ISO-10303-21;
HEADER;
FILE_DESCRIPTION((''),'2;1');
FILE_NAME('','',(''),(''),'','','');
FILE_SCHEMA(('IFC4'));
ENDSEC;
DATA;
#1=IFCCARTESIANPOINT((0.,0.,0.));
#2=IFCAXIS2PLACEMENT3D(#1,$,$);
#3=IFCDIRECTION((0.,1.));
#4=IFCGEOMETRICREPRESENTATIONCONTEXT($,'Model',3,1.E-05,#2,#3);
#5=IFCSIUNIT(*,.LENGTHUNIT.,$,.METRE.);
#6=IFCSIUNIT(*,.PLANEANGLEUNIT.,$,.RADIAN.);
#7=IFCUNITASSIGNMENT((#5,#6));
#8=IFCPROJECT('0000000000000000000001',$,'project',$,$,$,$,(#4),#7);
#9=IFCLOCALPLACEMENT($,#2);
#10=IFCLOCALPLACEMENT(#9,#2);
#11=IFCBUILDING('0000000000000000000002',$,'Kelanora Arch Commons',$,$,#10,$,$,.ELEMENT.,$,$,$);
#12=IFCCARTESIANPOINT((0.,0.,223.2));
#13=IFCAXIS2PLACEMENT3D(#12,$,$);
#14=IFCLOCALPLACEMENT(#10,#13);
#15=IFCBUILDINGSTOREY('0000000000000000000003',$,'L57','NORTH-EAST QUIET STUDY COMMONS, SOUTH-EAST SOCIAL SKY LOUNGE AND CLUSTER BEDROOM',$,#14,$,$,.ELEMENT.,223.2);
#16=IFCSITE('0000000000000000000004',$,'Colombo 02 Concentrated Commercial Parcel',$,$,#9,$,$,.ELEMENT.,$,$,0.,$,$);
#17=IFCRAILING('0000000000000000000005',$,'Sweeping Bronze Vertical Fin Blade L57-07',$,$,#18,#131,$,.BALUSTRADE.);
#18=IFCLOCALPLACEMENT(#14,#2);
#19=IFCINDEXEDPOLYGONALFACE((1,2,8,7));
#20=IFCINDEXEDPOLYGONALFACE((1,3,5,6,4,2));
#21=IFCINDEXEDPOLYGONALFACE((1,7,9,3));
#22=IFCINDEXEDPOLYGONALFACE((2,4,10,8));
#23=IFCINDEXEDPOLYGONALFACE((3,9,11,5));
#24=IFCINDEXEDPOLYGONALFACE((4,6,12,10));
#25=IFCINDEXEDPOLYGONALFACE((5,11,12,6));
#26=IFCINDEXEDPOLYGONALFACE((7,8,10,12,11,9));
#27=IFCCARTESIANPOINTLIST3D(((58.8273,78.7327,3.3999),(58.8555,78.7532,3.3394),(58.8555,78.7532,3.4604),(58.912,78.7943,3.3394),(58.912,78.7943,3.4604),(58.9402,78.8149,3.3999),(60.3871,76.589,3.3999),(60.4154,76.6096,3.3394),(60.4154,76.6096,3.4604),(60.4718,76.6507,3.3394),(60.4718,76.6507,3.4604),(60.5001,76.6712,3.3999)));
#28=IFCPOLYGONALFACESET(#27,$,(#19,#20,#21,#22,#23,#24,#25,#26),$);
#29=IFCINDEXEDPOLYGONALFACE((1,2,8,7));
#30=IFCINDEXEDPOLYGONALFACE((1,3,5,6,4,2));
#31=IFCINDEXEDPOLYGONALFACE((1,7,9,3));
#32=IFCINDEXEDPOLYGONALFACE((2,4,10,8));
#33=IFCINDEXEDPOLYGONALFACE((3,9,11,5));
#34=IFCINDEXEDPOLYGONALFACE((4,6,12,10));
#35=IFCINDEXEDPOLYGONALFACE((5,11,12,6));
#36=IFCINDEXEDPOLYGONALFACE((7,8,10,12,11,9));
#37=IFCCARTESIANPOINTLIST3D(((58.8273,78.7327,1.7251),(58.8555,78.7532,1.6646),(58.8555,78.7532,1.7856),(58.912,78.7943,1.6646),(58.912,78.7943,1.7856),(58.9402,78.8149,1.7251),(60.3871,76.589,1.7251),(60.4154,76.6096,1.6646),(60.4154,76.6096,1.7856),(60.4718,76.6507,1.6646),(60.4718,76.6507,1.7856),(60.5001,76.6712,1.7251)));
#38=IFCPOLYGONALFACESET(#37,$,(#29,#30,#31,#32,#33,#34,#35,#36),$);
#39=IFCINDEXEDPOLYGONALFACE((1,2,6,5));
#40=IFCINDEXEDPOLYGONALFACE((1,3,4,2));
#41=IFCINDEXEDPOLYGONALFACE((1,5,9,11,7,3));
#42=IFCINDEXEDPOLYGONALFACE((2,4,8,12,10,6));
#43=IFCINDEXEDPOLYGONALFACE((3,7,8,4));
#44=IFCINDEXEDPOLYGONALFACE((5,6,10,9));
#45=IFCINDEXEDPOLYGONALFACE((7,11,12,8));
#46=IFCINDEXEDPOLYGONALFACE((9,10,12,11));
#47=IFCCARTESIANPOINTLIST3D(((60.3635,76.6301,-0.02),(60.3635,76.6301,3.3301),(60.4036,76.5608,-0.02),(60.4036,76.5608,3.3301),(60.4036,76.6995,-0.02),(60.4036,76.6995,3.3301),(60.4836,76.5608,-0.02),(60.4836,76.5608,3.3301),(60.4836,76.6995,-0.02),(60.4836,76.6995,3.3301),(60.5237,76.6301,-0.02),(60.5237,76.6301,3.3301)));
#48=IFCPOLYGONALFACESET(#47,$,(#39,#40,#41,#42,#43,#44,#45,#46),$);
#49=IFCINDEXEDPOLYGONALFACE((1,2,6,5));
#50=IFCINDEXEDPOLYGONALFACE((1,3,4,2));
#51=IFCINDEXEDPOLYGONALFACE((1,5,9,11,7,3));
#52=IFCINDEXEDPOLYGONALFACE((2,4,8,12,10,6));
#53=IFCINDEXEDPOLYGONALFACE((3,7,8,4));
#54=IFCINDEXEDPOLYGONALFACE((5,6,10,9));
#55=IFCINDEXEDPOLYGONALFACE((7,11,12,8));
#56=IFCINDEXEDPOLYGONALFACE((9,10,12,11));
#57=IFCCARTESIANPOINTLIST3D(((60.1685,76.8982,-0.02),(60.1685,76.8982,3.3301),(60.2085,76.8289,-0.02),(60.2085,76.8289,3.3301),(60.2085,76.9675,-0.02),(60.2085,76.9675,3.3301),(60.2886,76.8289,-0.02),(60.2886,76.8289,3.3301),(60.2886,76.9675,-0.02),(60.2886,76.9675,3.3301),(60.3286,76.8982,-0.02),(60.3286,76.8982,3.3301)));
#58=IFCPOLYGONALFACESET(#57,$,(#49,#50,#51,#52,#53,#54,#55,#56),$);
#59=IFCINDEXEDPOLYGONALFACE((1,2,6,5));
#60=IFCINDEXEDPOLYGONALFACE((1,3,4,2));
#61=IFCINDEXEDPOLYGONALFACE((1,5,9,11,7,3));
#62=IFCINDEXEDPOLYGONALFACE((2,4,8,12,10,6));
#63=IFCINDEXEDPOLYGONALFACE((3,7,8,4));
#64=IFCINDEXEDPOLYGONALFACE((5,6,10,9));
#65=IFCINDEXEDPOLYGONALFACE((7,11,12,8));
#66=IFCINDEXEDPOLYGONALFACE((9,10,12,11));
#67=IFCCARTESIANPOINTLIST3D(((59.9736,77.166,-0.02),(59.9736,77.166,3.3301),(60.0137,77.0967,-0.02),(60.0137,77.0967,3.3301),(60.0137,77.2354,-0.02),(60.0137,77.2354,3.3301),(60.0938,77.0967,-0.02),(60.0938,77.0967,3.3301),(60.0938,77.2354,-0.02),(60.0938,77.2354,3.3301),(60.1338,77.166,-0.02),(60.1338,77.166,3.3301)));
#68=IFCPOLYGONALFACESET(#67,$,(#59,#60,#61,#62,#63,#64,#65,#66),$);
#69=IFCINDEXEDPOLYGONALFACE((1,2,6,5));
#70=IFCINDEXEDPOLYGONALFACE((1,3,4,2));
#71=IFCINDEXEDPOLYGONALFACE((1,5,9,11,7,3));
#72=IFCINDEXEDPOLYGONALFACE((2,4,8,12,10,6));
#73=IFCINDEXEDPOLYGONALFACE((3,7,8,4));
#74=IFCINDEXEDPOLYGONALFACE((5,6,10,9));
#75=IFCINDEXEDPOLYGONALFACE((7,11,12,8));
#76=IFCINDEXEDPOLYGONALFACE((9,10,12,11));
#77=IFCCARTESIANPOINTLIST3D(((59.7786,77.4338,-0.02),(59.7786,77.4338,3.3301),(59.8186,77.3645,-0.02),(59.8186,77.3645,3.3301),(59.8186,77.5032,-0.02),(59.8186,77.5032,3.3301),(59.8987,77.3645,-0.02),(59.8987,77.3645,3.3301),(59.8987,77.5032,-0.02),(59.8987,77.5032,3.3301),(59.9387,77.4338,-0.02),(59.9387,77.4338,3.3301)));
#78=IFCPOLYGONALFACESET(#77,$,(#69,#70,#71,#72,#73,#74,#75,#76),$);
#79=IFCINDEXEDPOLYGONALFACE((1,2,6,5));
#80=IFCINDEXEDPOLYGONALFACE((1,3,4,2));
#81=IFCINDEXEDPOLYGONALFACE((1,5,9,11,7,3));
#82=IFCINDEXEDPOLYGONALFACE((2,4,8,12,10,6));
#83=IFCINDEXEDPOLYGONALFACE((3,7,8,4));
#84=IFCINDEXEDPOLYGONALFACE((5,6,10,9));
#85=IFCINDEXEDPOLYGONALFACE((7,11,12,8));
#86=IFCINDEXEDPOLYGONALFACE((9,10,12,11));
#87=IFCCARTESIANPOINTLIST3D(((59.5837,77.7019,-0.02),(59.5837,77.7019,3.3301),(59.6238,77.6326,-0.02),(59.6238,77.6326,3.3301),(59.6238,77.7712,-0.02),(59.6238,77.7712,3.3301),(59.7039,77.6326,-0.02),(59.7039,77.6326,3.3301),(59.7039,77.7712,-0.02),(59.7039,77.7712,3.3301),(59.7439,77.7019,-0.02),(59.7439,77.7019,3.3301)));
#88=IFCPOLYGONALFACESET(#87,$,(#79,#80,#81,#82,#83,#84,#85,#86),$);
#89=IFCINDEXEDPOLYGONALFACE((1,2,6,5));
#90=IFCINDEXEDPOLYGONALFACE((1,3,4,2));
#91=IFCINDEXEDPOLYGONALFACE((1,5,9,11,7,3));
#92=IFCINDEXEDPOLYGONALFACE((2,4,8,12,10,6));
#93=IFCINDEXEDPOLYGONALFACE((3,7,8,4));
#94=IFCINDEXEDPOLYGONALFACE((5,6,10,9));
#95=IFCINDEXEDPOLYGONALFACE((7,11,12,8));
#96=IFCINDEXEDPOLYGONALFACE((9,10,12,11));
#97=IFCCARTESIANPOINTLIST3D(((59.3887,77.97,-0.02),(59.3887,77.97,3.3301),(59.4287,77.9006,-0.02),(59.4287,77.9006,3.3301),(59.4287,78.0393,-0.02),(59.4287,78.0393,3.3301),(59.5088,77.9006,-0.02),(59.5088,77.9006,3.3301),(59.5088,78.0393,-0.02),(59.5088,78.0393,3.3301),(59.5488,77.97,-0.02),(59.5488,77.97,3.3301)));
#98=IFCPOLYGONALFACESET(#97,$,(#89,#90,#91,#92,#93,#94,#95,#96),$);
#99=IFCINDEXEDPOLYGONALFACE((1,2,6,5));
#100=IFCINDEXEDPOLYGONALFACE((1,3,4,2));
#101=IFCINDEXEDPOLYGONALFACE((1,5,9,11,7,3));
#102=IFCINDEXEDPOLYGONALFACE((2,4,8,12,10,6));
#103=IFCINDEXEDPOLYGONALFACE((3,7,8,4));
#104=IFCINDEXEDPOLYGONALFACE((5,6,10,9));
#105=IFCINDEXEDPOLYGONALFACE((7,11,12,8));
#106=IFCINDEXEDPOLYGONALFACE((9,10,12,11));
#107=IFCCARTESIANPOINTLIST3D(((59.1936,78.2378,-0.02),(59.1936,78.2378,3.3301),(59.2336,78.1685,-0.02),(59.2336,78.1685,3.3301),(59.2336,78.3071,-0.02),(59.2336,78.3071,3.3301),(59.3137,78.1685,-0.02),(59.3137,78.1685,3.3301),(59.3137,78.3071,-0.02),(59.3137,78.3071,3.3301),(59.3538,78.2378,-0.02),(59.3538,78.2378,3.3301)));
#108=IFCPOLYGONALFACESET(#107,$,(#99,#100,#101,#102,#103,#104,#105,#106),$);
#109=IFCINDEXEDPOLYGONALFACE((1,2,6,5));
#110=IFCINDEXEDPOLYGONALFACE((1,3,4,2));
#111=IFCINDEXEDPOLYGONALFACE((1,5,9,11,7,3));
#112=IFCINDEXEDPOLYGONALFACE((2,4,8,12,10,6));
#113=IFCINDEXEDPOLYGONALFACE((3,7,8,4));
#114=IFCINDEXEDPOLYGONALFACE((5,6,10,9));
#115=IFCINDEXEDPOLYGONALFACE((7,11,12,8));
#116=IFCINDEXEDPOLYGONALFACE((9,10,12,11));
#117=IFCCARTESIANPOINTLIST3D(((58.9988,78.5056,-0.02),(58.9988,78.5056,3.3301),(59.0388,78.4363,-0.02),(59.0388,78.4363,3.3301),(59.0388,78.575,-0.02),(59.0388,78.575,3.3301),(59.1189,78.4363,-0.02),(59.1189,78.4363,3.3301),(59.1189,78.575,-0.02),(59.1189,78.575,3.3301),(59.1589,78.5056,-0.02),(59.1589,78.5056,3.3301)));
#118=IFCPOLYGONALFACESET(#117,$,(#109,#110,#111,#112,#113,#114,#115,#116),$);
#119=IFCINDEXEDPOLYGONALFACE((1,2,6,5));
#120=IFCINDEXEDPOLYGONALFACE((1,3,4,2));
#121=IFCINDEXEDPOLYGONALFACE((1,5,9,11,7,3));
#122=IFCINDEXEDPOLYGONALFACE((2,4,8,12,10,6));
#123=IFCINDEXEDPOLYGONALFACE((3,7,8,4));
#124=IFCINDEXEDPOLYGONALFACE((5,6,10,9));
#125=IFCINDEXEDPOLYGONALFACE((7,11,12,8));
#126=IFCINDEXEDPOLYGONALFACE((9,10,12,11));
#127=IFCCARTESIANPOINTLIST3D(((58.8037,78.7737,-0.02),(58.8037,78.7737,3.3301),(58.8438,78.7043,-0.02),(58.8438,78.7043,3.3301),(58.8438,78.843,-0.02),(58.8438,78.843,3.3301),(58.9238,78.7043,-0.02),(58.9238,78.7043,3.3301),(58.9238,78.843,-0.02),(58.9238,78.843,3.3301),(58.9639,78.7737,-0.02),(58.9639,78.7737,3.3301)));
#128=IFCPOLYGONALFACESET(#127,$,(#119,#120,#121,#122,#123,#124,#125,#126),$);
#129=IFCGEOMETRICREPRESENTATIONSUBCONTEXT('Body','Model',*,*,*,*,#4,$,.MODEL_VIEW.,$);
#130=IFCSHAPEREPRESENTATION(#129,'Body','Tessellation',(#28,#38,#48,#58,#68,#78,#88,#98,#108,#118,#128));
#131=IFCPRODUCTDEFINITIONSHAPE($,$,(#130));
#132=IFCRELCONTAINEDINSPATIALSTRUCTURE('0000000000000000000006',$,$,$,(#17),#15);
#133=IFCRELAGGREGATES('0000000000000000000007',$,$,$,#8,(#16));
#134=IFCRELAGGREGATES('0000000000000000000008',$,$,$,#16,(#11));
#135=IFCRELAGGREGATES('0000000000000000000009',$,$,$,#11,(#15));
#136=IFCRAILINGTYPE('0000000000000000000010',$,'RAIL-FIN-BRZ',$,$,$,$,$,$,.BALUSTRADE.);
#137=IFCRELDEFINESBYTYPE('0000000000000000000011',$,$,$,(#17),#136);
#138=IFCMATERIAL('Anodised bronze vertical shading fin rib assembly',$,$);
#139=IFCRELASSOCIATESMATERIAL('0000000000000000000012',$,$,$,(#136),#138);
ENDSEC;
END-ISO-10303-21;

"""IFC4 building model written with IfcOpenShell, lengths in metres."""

from ifc_helpers import new_model, si_unit, direction, frame, origin, place, context, subcontext, project, spatial, polyline, outline, extrude, material, type_object, element, save


model = new_model("IFC4")

# Units and contexts
model_context = context("Model", 3, precision=1e-05, world=origin(), true_north=direction((0.0, 1.0)))
body_context = subcontext(model_context, "Body", "Model", "MODEL_VIEW")
ifc_project = project(units=[si_unit("LENGTHUNIT", "METRE"), si_unit("PLANEANGLEUNIT", "RADIAN")], contexts=[model_context])

# Site, building, storey
site_placement = place(None, origin())
site = spatial("IfcSite", under=ifc_project, at=site_placement, Name="Colombo 02 Concentrated Commercial Parcel", CompositionType="ELEMENT", RefElevation=0.0)
building_placement = place(site_placement, origin())
building = spatial("IfcBuilding", under=site, at=building_placement, Name="Kelanora Arch Commons", CompositionType="ELEMENT")
storey_placement = place(building_placement, frame((0.0, 0.0, 223.2)))
storey = spatial("IfcBuildingStorey", under=building, at=storey_placement, Name="L57", Description="NORTH-EAST QUIET STUDY COMMONS, SOUTH-EAST SOCIAL SKY LOUNGE AND CLUSTER BEDROOM", CompositionType="ELEMENT", Elevation=223.2)

# Railing
ifc_material_1 = material(Name="Anodised bronze vertical shading fin rib assembly")
railing_type = type_object("IfcRailingType", Name="RAIL-FIN-BRZ", PredefinedType="BALUSTRADE", material=ifc_material_1)
railing_1_placement = place(storey_placement, frame((60.4436, 76.6301, -0.02)))
element("IfcRailing", 1, at=railing_1_placement, inside=storey, type_object=railing_type, Name="Sweeping Bronze Vertical Fin Blade L57-07", PredefinedType="BALUSTRADE", context=body_context, shape_type="SweptSolid", body=[
    extrude(outline(polyline([(0.0698, 0.0), (0.0349, 0.0605), (-0.0349, 0.0605), (-0.0698, 0.0), (-0.0349, -0.0605), (0.0349, -0.0605), (0.0698, 0.0)])), frame((0.0, 0.0, 3.4199), z_axis=(-0.588385, 0.808581, 0.0), x_axis=(-0.808581, -0.588385, 0.0)), (0.0, 0.0, 1.0), 2.6511),
    extrude(outline(polyline([(0.0698, 0.0), (0.0349, 0.0605), (-0.0349, 0.0605), (-0.0698, 0.0), (-0.0349, -0.0605), (0.0349, -0.0605), (0.0698, 0.0)])), frame((0.0, 0.0, 1.7451), z_axis=(-0.588385, 0.808581, 0.0), x_axis=(-0.808581, -0.588385, 0.0)), (0.0, 0.0, 1.0), 2.6511),
    extrude(outline(polyline([(0.0801, 0.0), (0.04, 0.0693), (-0.04, 0.0693), (-0.0801, 0.0), (-0.04, -0.0693), (0.04, -0.0693), (0.0801, 0.0)])), origin(), (0.0, 0.0, 1.0), 3.3501),
    extrude(outline(polyline([(0.0801, 0.0), (0.04, 0.0693), (-0.04, 0.0693), (-0.0801, 0.0), (-0.04, -0.0693), (0.04, -0.0693), (0.0801, 0.0)])), frame((-0.1951, 0.2681, 0.0)), (0.0, 0.0, 1.0), 3.3501),
    extrude(outline(polyline([(0.0801, 0.0), (0.04, 0.0693), (-0.04, 0.0693), (-0.0801, 0.0), (-0.04, -0.0693), (0.04, -0.0693), (0.0801, 0.0)])), frame((-0.3899, 0.5359, 0.0)), (0.0, 0.0, 1.0), 3.3501),
    extrude(outline(polyline([(0.0801, 0.0), (0.04, 0.0693), (-0.04, 0.0693), (-0.0801, 0.0), (-0.04, -0.0693), (0.04, -0.0693), (0.0801, 0.0)])), frame((-0.585, 0.8037, 0.0)), (0.0, 0.0, 1.0), 3.3501),
    extrude(outline(polyline([(0.0801, 0.0), (0.04, 0.0693), (-0.04, 0.0693), (-0.0801, 0.0), (-0.04, -0.0693), (0.04, -0.0693), (0.0801, 0.0)])), frame((-0.7798, 1.0718, 0.0)), (0.0, 0.0, 1.0), 3.3501),
    extrude(outline(polyline([(0.0801, 0.0), (0.04, 0.0693), (-0.04, 0.0693), (-0.0801, 0.0), (-0.04, -0.0693), (0.04, -0.0693), (0.0801, 0.0)])), frame((-0.9749, 1.3398, 0.0)), (0.0, 0.0, 1.0), 3.3501),
    extrude(outline(polyline([(0.0801, 0.0), (0.04, 0.0693), (-0.04, 0.0693), (-0.0801, 0.0), (-0.04, -0.0693), (0.04, -0.0693), (0.0801, 0.0)])), frame((-1.1699, 1.6077, 0.0)), (0.0, 0.0, 1.0), 3.3501),
    extrude(outline(polyline([(0.0801, 0.0), (0.04, 0.0693), (-0.04, 0.0693), (-0.0801, 0.0), (-0.04, -0.0693), (0.04, -0.0693), (0.0801, 0.0)])), frame((-1.3647, 1.8755, 0.0)), (0.0, 0.0, 1.0), 3.3501),
    extrude(outline(polyline([(0.0801, 0.0), (0.04, 0.0693), (-0.04, 0.0693), (-0.0801, 0.0), (-0.04, -0.0693), (0.04, -0.0693), (0.0801, 0.0)])), frame((-1.5598, 2.1436, 0.0)), (0.0, 0.0, 1.0), 3.3501),
])

save(model, "model.ifc")
